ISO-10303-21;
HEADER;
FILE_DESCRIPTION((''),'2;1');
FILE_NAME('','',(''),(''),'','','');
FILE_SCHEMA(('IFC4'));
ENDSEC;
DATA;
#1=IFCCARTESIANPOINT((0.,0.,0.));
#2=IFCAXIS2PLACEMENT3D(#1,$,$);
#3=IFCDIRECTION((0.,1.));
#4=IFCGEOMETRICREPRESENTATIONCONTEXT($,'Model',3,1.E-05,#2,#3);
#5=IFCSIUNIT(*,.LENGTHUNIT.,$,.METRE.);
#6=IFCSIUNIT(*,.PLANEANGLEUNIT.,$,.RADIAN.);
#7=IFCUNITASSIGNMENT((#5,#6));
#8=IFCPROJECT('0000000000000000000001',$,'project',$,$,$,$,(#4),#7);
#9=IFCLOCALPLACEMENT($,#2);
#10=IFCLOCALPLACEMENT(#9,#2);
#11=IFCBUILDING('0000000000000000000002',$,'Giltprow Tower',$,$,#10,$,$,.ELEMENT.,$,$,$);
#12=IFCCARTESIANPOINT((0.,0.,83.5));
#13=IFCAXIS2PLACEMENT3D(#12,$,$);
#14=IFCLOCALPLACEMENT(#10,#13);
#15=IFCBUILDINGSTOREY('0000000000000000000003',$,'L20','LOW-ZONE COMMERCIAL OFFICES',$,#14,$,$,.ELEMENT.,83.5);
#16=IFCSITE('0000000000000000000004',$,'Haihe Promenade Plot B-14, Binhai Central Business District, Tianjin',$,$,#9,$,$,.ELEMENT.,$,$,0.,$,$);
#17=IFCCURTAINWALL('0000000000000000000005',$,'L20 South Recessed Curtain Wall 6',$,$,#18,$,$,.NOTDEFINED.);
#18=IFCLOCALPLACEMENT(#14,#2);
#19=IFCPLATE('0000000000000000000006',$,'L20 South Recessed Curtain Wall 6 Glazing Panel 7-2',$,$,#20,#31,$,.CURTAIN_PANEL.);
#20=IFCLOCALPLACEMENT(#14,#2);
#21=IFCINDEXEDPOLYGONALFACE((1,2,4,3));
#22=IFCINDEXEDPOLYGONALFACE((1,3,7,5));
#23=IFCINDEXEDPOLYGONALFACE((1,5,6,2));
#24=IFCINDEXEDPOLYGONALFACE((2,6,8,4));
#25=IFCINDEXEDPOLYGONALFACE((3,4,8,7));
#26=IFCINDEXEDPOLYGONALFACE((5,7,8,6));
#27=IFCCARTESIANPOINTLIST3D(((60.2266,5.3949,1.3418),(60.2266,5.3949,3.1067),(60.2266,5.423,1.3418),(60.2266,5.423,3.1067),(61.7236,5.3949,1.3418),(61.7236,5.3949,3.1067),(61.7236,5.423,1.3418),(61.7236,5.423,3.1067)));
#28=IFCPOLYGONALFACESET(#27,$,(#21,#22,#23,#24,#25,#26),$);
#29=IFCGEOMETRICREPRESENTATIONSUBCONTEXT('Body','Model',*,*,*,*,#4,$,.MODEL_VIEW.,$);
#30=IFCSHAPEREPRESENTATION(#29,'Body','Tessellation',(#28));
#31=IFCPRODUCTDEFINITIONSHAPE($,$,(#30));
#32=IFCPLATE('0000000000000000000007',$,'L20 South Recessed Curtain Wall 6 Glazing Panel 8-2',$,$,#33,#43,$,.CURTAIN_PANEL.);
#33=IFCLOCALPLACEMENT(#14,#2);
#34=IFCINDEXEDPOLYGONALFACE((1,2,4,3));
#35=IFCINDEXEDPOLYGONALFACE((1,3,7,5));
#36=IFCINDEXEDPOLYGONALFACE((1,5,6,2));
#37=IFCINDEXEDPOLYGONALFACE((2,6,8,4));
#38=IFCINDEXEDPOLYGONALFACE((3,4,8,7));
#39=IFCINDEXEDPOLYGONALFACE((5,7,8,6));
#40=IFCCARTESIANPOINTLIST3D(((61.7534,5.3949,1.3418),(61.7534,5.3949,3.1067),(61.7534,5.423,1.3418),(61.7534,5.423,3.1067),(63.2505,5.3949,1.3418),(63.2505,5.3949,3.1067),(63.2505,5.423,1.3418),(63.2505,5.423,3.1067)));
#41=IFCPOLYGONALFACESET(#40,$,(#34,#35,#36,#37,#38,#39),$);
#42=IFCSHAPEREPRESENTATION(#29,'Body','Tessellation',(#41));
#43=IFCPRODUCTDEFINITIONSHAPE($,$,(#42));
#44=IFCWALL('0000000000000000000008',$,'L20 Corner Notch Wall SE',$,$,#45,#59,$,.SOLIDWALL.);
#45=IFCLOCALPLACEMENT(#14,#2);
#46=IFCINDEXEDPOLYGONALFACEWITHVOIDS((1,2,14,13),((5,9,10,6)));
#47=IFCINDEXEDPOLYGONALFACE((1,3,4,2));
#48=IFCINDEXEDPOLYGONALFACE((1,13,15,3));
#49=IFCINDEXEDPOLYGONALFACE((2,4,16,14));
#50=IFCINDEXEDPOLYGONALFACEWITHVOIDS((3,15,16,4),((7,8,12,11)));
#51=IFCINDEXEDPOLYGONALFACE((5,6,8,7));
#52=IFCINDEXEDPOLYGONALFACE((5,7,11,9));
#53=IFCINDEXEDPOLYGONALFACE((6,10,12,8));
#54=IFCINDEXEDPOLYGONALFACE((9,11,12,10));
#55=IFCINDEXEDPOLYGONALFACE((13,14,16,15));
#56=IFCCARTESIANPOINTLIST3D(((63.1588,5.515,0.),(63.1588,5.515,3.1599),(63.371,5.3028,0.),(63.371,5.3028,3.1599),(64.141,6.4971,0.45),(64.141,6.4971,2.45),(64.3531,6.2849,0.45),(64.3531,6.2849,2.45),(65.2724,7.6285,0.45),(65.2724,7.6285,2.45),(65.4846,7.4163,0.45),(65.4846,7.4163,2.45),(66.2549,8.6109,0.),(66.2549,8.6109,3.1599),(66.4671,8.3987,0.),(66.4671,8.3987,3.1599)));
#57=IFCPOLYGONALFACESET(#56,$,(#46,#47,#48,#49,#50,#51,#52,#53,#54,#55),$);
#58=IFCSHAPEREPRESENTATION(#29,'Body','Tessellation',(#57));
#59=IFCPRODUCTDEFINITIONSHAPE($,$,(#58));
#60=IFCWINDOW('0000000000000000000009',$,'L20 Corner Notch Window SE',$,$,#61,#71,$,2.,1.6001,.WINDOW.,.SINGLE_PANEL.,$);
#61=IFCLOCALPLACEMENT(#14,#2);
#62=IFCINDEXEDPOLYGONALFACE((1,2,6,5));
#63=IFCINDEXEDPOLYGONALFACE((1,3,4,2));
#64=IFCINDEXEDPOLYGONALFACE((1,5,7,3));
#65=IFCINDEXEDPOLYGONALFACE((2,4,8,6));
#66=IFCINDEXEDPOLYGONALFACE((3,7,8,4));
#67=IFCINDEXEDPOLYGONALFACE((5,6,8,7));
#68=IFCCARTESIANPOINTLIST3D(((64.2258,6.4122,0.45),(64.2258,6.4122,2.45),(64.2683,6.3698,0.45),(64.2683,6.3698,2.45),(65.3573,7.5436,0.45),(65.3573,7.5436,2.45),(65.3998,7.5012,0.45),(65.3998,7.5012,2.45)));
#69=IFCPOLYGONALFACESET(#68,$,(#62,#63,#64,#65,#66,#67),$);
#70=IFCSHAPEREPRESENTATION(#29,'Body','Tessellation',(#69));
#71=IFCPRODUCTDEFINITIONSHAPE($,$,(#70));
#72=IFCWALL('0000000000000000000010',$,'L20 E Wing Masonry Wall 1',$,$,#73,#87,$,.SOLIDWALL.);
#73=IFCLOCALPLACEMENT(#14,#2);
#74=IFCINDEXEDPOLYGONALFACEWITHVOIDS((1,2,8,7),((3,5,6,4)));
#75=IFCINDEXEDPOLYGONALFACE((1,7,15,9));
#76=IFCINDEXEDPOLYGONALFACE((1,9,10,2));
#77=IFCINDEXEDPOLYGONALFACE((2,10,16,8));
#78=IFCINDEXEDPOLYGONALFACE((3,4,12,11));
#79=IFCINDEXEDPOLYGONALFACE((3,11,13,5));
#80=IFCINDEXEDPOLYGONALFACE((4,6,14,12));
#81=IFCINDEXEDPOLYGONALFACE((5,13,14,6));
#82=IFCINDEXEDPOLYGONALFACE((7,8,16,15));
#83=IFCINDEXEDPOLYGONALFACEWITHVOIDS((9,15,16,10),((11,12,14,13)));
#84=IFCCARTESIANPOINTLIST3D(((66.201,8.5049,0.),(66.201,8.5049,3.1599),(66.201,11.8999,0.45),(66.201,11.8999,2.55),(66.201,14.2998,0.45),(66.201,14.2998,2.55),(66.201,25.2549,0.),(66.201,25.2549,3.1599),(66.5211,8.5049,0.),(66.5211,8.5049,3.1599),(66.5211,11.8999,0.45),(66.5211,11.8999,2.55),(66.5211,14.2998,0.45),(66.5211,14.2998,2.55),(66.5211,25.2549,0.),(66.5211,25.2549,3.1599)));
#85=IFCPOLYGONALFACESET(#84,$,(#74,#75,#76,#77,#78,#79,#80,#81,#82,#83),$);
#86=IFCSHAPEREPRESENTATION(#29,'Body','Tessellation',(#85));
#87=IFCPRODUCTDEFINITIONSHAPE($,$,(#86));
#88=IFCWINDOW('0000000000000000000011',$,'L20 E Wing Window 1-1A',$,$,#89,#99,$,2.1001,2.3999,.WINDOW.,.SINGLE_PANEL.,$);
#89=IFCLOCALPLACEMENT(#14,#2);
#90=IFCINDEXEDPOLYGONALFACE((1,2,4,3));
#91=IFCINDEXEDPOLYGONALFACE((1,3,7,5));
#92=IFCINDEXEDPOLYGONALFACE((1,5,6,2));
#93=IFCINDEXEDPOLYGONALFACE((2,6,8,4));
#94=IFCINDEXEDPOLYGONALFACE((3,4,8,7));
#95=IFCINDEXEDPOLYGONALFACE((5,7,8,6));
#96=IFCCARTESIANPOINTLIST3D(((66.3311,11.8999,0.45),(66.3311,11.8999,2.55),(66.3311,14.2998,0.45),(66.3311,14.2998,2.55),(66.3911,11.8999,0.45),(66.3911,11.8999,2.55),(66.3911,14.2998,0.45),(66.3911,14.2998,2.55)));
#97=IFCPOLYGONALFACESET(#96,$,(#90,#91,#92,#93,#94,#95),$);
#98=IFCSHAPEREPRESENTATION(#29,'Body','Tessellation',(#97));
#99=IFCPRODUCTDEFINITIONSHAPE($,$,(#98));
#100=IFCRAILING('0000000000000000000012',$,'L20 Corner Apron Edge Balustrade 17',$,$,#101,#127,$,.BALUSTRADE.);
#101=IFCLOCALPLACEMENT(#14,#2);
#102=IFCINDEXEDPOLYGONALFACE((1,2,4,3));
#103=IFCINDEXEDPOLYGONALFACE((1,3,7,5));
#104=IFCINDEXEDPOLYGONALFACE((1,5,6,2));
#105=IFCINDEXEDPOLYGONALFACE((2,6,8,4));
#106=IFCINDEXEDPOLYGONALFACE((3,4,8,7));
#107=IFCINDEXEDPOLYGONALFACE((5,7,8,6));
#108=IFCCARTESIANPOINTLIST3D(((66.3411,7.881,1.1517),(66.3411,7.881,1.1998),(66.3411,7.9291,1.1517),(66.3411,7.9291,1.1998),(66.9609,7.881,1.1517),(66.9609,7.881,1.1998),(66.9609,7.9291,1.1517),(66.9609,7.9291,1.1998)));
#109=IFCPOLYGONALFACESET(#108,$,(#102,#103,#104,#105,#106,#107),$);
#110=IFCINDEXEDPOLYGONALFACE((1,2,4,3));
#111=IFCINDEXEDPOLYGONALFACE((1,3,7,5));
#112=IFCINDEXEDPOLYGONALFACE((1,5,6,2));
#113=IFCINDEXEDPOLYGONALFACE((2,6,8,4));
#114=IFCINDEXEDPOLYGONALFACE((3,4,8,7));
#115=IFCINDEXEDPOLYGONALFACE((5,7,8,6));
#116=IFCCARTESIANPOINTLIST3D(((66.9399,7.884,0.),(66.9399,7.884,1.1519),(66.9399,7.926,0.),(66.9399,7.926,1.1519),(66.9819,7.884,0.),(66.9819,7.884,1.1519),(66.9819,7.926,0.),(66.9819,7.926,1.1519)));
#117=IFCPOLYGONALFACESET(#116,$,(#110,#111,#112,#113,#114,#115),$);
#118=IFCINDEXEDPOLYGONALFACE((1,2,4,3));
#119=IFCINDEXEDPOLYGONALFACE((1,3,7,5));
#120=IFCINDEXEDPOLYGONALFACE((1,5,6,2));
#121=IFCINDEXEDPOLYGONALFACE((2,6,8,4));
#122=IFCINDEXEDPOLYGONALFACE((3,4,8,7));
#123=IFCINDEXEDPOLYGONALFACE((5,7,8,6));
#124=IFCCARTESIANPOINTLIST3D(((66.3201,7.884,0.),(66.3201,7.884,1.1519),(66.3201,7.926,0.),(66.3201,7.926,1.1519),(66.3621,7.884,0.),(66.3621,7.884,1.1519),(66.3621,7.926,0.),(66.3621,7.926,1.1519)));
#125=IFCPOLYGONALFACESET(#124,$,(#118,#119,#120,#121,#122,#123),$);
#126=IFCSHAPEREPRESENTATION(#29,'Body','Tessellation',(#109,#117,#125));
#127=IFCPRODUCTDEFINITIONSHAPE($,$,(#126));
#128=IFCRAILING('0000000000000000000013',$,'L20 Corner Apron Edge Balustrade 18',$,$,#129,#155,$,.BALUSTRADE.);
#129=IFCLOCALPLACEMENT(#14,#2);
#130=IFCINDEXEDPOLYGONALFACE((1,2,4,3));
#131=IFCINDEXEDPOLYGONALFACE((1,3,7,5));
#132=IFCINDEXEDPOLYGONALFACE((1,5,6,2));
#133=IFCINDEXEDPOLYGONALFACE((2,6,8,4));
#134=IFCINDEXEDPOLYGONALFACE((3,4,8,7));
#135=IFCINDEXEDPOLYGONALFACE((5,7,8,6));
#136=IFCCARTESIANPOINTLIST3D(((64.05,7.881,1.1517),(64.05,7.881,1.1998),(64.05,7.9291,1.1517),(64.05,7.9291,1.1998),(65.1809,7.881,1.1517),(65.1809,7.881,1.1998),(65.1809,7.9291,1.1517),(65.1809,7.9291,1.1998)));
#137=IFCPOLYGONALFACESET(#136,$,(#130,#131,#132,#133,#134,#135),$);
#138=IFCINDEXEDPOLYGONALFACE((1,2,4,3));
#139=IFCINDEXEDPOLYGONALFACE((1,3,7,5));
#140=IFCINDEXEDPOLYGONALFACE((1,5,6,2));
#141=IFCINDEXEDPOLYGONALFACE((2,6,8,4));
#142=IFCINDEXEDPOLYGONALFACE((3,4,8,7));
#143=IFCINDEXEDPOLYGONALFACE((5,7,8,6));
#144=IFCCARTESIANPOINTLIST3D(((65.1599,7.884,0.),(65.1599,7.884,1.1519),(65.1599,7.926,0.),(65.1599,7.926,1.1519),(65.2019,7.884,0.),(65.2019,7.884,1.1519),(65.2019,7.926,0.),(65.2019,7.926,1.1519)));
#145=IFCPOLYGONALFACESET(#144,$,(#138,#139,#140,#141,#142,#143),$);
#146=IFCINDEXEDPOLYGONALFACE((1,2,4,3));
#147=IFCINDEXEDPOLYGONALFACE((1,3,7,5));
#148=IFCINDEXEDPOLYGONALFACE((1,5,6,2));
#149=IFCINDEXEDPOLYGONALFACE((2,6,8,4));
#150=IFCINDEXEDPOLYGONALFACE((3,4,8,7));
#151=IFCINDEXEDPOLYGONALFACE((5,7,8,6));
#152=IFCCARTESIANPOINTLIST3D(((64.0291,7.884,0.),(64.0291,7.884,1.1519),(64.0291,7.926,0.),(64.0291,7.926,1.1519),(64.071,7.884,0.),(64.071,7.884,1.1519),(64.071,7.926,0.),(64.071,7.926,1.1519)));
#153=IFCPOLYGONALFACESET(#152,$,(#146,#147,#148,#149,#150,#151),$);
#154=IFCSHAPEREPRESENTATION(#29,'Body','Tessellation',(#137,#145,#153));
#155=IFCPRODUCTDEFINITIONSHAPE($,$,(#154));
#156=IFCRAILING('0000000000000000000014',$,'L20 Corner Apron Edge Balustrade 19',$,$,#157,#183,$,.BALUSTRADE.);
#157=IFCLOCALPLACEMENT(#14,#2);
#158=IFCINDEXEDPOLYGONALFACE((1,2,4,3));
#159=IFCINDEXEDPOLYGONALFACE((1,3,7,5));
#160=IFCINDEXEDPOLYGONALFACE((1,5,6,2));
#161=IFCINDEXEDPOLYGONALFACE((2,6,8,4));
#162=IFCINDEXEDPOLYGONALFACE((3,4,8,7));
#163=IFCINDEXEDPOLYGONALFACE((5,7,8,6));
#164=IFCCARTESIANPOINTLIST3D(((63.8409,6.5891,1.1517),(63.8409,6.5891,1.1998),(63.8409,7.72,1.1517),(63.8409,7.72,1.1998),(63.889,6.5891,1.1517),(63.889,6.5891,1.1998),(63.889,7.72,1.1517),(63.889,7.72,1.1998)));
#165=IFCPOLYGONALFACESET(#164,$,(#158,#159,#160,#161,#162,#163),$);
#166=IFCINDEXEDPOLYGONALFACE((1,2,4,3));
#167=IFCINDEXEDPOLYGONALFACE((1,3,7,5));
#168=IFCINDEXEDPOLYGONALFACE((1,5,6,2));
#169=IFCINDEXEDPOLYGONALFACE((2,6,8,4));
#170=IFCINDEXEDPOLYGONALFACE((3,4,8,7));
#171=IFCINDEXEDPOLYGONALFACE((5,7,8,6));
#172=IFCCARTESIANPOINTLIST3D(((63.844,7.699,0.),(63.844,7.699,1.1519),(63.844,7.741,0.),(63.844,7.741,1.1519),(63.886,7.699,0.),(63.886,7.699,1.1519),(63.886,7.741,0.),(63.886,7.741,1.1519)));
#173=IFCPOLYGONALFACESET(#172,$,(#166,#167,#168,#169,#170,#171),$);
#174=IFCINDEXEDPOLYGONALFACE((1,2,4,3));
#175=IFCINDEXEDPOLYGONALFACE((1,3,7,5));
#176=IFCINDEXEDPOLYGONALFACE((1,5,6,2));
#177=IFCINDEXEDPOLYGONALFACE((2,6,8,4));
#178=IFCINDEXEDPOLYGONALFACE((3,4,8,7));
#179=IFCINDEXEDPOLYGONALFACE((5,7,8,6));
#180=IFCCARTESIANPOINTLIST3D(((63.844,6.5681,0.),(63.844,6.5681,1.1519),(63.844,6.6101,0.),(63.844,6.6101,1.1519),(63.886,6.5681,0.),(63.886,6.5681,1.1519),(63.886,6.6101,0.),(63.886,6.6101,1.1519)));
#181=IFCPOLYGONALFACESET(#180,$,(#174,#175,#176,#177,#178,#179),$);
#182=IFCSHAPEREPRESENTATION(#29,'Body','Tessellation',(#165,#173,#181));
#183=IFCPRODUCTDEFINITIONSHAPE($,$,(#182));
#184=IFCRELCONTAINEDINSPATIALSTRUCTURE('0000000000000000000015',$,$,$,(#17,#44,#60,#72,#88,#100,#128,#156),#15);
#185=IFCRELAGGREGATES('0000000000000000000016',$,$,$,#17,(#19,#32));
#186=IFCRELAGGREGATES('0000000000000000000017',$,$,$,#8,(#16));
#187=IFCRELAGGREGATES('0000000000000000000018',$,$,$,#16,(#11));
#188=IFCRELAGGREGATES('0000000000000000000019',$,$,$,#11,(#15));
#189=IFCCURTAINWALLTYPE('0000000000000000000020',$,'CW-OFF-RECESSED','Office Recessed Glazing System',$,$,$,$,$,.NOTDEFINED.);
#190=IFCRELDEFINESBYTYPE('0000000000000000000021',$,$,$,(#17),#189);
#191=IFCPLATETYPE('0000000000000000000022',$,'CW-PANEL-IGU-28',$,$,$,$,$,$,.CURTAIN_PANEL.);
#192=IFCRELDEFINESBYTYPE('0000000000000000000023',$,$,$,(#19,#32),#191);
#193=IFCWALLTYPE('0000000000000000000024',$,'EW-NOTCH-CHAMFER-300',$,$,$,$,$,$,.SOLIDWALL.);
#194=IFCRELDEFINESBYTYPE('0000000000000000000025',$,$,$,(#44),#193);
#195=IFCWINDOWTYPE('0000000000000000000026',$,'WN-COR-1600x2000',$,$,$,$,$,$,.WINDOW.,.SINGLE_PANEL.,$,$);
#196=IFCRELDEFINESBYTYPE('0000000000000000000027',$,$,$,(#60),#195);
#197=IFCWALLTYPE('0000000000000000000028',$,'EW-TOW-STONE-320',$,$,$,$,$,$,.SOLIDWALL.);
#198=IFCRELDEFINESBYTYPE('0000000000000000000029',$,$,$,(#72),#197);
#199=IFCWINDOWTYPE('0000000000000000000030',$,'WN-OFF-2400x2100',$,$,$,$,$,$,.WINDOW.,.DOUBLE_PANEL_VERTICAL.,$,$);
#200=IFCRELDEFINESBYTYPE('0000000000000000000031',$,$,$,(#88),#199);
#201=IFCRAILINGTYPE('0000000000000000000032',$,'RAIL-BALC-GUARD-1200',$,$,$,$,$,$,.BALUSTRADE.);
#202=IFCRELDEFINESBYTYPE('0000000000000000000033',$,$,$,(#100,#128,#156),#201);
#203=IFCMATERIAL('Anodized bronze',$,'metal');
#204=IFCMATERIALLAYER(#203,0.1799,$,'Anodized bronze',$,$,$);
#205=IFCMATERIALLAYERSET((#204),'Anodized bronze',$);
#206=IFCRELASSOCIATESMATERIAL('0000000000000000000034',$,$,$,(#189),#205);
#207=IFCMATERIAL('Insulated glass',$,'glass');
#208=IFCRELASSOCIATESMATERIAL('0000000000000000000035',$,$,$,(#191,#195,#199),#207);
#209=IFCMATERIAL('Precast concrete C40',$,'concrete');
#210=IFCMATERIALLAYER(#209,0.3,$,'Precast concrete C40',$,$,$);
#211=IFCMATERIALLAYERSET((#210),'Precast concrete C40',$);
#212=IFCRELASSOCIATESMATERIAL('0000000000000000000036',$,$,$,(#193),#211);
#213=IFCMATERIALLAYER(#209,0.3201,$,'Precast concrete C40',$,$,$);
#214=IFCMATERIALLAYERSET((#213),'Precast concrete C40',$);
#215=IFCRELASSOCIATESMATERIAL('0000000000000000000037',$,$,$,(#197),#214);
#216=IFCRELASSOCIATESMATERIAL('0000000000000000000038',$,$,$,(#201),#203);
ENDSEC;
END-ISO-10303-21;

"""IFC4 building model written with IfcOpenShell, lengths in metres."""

from ifc_helpers import new_model, si_unit, direction, frame, frame_2d, origin, origin_2d, place, context, subcontext, project, spatial, rectangle, extrude, source, transform, mapped, material, layer, layer_set, type_object, element, fill, aggregate, save


model = new_model("IFC4")

# Units and contexts
model_context = context("Model", 3, precision=1e-05, world=origin(), true_north=direction((0.0, 1.0)))
body_context = subcontext(model_context, "Body", "Model", "MODEL_VIEW")
ifc_project = project(units=[si_unit("LENGTHUNIT", "METRE"), si_unit("PLANEANGLEUNIT", "RADIAN")], contexts=[model_context])

# Site, building, storey
site_placement = place(None, origin())
site = spatial("IfcSite", under=ifc_project, at=site_placement, Name="Haihe Promenade Plot B-14, Binhai Central Business District, Tianjin", CompositionType="ELEMENT", RefElevation=0.0)
building_placement = place(site_placement, origin())
building = spatial("IfcBuilding", under=site, at=building_placement, Name="Giltprow Tower", CompositionType="ELEMENT")
storey_placement = place(building_placement, frame((0.0, 0.0, 83.5)))
storey = spatial("IfcBuildingStorey", under=building, at=storey_placement, Name="L20", Description="LOW-ZONE COMMERCIAL OFFICES", CompositionType="ELEMENT", Elevation=83.5)

# Curtain wall
ifc_material_1 = material(Name="Anodized bronze", Category="metal")
ifc_layer_1 = layer(ifc_material_1, 0.1799, Name="Anodized bronze")
ifc_layer_set_1 = layer_set([ifc_layer_1], Name="Anodized bronze")
curtain_wall_type = type_object("IfcCurtainWallType", Name="CW-OFF-RECESSED", Description="Office Recessed Glazing System", PredefinedType="NOTDEFINED", material=ifc_layer_set_1)
curtain_wall_placement = place(storey_placement, origin())
curtain_wall = element("IfcCurtainWall", 1, at=curtain_wall_placement, inside=storey, type_object=curtain_wall_type, Name="L20 South Recessed Curtain Wall 6", PredefinedType="NOTDEFINED")

# Plates
ifc_material_2 = material(Name="Insulated glass", Category="glass")
plate_type_1 = type_object("IfcPlateType", Name="CW-PANEL-IGU-28", PredefinedType="CURTAIN_PANEL", material=ifc_material_2)
shared_shape_1 = source(origin(), body_context, "Body", "SweptSolid", [
    extrude(rectangle(XDim=1.4971, YDim=0.0281, at=origin_2d()), origin(), (0.0, 0.0, 1.0), 1.7649),
])
plate_1_placement = place(storey_placement, frame((60.9751, 5.4089, 1.3418), z_axis=(0.0, 0.0, 1.0), x_axis=(1.0, 0.0, 0.0)))
plate_1 = element("IfcPlate", 2, at=plate_1_placement, type_object=plate_type_1, Name="L20 South Recessed Curtain Wall 6 Glazing Panel 7-2", PredefinedType="CURTAIN_PANEL", context=body_context, shape_type="MappedRepresentation", body=[
    mapped(shared_shape_1, transform((0.0, 0.0, 0.0), x_axis=(1.0, 0.0, 0.0), y_axis=(0.0, 1.0, 0.0), z_axis=(0.0, 0.0, 1.0), scale=1.0)),
])
plate_2_placement = place(storey_placement, frame((62.502, 5.4089, 1.3418), z_axis=(0.0, 0.0, 1.0), x_axis=(1.0, 0.0, 0.0)))
plate_2 = element("IfcPlate", 3, at=plate_2_placement, type_object=plate_type_1, Name="L20 South Recessed Curtain Wall 6 Glazing Panel 8-2", PredefinedType="CURTAIN_PANEL", context=body_context, shape_type="MappedRepresentation", body=[
    mapped(shared_shape_1, transform((0.0, 0.0, 0.0), x_axis=(1.0, 0.0, 0.0), y_axis=(0.0, 1.0, 0.0), z_axis=(0.0, 0.0, 1.0), scale=1.0)),
])
aggregate(curtain_wall, [plate_1, plate_2])

# Walls, openings, windows
ifc_material_3 = material(Name="Precast concrete C40", Category="concrete")
ifc_layer_2 = layer(ifc_material_3, 0.3, Name="Precast concrete C40")
ifc_layer_set_2 = layer_set([ifc_layer_2], Name="Precast concrete C40")
wall_type_1 = type_object("IfcWallType", Name="EW-NOTCH-CHAMFER-300", PredefinedType="SOLIDWALL", material=ifc_layer_set_2)
wall_1_placement = place(storey_placement, frame((63.2649, 5.4089, 0.0), z_axis=(0.0, 0.0, 1.0), x_axis=(0.707135, 0.707079, 0.0)))
wall_1 = element("IfcWall", 4, at=wall_1_placement, inside=storey, type_object=wall_type_1, Name="L20 Corner Notch Wall SE", PredefinedType="SOLIDWALL", context=body_context, shape_type="SweptSolid", body=[
    extrude(rectangle(XDim=4.3784, YDim=0.3, at=frame_2d((2.1892, 0.0))), origin(), (0.0, 0.0, 1.0), 3.1599),
])
opening_1_placement = place(wall_1_placement, frame((1.3889, 0.0, 0.45)))
opening_1 = element("IfcOpeningElement", 5, at=opening_1_placement, cuts=wall_1, PredefinedType="OPENING", context=body_context, shape_type="SweptSolid", body=[
    extrude(rectangle(XDim=1.6001, YDim=2.0, at=frame_2d((0.8, 1.0))), frame((0.0, 0.1599, 0.0), z_axis=(0.0, -1.0, 0.0), x_axis=(1.0, 0.0, 0.0)), (0.0, 0.0, 1.0), 0.3201),
])
window_type_1 = type_object("IfcWindowType", Name="WN-COR-1600x2000", PartitioningType="SINGLE_PANEL", PredefinedType="WINDOW", material=ifc_material_2)
shared_shape_2 = source(origin(), body_context, "Body", "SweptSolid", [
    extrude(rectangle(XDim=1.6001, YDim=2.0, at=frame_2d((0.8, 1.0))), frame((0.0, 0.03, 0.0), z_axis=(0.0, -1.0, 0.0), x_axis=(1.0, 0.0, 0.0)), (0.0, 0.0, 1.0), 0.0601),
])
window_1_placement = place(opening_1_placement, origin())
window_1 = element("IfcWindow", 6, at=window_1_placement, inside=storey, type_object=window_type_1, Name="L20 Corner Notch Window SE", OverallHeight=2.0, OverallWidth=1.6001, PartitioningType="SINGLE_PANEL", PredefinedType="WINDOW", context=body_context, shape_type="MappedRepresentation", body=[
    mapped(shared_shape_2, transform((0.0, 0.0, 0.0), x_axis=(1.0, 0.0, 0.0), y_axis=(0.0, 1.0, 0.0), z_axis=(0.0, 0.0, 1.0), scale=1.0)),
])
fill(opening_1, window_1)
ifc_layer_3 = layer(ifc_material_3, 0.3201, Name="Precast concrete C40")
ifc_layer_set_3 = layer_set([ifc_layer_3], Name="Precast concrete C40")
wall_type_2 = type_object("IfcWallType", Name="EW-TOW-STONE-320", PredefinedType="SOLIDWALL", material=ifc_layer_set_3)
wall_2_placement = place(storey_placement, frame((66.3611, 8.5049, 0.0), z_axis=(0.0, 0.0, 1.0), x_axis=(0.0, 1.0, 0.0)))
wall_2 = element("IfcWall", 7, at=wall_2_placement, inside=storey, type_object=wall_type_2, Name="L20 E Wing Masonry Wall 1", PredefinedType="SOLIDWALL", context=body_context, shape_type="SweptSolid", body=[
    extrude(rectangle(XDim=16.75, YDim=0.3201, at=frame_2d((8.375, 0.0))), origin(), (0.0, 0.0, 1.0), 3.1599),
])
opening_2_placement = place(wall_2_placement, frame((3.395, 0.0, 0.45)))
opening_2 = element("IfcOpeningElement", 8, at=opening_2_placement, cuts=wall_2, PredefinedType="OPENING", context=body_context, shape_type="SweptSolid", body=[
    extrude(rectangle(XDim=2.3999, YDim=2.1001, at=frame_2d((1.2, 1.05))), frame((0.0, 0.1699, 0.0), z_axis=(0.0, -1.0, 0.0), x_axis=(1.0, 0.0, 0.0)), (0.0, 0.0, 1.0), 0.3401),
])
window_type_2 = type_object("IfcWindowType", Name="WN-OFF-2400x2100", PartitioningType="DOUBLE_PANEL_VERTICAL", PredefinedType="WINDOW", material=ifc_material_2)
shared_shape_3 = source(origin(), body_context, "Body", "SweptSolid", [
    extrude(rectangle(XDim=2.3999, YDim=2.1001, at=frame_2d((1.2, 1.05))), frame((0.0, 0.03, 0.0), z_axis=(0.0, -1.0, 0.0), x_axis=(1.0, 0.0, 0.0)), (0.0, 0.0, 1.0), 0.0601),
])
window_2_placement = place(opening_2_placement, origin())
window_2 = element("IfcWindow", 9, at=window_2_placement, inside=storey, type_object=window_type_2, Name="L20 E Wing Window 1-1A", OverallHeight=2.1001, OverallWidth=2.3999, PartitioningType="SINGLE_PANEL", PredefinedType="WINDOW", context=body_context, shape_type="MappedRepresentation", body=[
    mapped(shared_shape_3, transform((0.0, 0.0, 0.0), x_axis=(1.0, 0.0, 0.0), y_axis=(0.0, 1.0, 0.0), z_axis=(0.0, 0.0, 1.0), scale=1.0)),
])
fill(opening_2, window_2)

# Railings
railing_type = type_object("IfcRailingType", Name="RAIL-BALC-GUARD-1200", PredefinedType="BALUSTRADE", material=ifc_material_1)
railing_1_placement = place(storey_placement, frame((66.9609, 7.905, 0.0)))
element("IfcRailing", 10, at=railing_1_placement, inside=storey, type_object=railing_type, Name="L20 Corner Apron Edge Balustrade 17", PredefinedType="BALUSTRADE", context=body_context, shape_type="SweptSolid", body=[
    extrude(rectangle(XDim=0.0481, YDim=0.0481, at=origin_2d()), frame((0.0, 0.0, 1.1758), z_axis=(-1.0, 0.0, 0.0), x_axis=(0.0, -1.0, 0.0)), (0.0, 0.0, 1.0), 0.6199),
    extrude(rectangle(XDim=0.042, YDim=0.042, at=origin_2d()), origin(), (0.0, 0.0, 1.0), 1.1519),
    extrude(rectangle(XDim=0.042, YDim=0.042, at=origin_2d()), frame((-0.6199, 0.0, 0.0)), (0.0, 0.0, 1.0), 1.1519),
])
railing_2_placement = place(storey_placement, frame((65.1809, 7.905, 0.0)))
element("IfcRailing", 11, at=railing_2_placement, inside=storey, type_object=railing_type, Name="L20 Corner Apron Edge Balustrade 18", PredefinedType="BALUSTRADE", context=body_context, shape_type="SweptSolid", body=[
    extrude(rectangle(XDim=0.0481, YDim=0.0481, at=origin_2d()), frame((0.0, 0.0, 1.1758), z_axis=(-1.0, 0.0, 0.0), x_axis=(0.0, -1.0, 0.0)), (0.0, 0.0, 1.0), 1.1309),
    extrude(rectangle(XDim=0.042, YDim=0.042, at=origin_2d()), origin(), (0.0, 0.0, 1.0), 1.1519),
    extrude(rectangle(XDim=0.042, YDim=0.042, at=origin_2d()), frame((-1.1309, 0.0, 0.0)), (0.0, 0.0, 1.0), 1.1519),
])
railing_3_placement = place(storey_placement, frame((63.865, 7.72, 0.0)))
element("IfcRailing", 12, at=railing_3_placement, inside=storey, type_object=railing_type, Name="L20 Corner Apron Edge Balustrade 19", PredefinedType="BALUSTRADE", context=body_context, shape_type="SweptSolid", body=[
    extrude(rectangle(XDim=0.0481, YDim=0.0481, at=origin_2d()), frame((0.0, 0.0, 1.1758), z_axis=(0.0, -1.0, 0.0), x_axis=(1.0, 0.0, 0.0)), (0.0, 0.0, 1.0), 1.1309),
    extrude(rectangle(XDim=0.042, YDim=0.042, at=origin_2d()), origin(), (0.0, 0.0, 1.0), 1.1519),
    extrude(rectangle(XDim=0.042, YDim=0.042, at=origin_2d()), frame((0.0, -1.1309, 0.0)), (0.0, 0.0, 1.0), 1.1519),
])

save(model, "model.ifc")
